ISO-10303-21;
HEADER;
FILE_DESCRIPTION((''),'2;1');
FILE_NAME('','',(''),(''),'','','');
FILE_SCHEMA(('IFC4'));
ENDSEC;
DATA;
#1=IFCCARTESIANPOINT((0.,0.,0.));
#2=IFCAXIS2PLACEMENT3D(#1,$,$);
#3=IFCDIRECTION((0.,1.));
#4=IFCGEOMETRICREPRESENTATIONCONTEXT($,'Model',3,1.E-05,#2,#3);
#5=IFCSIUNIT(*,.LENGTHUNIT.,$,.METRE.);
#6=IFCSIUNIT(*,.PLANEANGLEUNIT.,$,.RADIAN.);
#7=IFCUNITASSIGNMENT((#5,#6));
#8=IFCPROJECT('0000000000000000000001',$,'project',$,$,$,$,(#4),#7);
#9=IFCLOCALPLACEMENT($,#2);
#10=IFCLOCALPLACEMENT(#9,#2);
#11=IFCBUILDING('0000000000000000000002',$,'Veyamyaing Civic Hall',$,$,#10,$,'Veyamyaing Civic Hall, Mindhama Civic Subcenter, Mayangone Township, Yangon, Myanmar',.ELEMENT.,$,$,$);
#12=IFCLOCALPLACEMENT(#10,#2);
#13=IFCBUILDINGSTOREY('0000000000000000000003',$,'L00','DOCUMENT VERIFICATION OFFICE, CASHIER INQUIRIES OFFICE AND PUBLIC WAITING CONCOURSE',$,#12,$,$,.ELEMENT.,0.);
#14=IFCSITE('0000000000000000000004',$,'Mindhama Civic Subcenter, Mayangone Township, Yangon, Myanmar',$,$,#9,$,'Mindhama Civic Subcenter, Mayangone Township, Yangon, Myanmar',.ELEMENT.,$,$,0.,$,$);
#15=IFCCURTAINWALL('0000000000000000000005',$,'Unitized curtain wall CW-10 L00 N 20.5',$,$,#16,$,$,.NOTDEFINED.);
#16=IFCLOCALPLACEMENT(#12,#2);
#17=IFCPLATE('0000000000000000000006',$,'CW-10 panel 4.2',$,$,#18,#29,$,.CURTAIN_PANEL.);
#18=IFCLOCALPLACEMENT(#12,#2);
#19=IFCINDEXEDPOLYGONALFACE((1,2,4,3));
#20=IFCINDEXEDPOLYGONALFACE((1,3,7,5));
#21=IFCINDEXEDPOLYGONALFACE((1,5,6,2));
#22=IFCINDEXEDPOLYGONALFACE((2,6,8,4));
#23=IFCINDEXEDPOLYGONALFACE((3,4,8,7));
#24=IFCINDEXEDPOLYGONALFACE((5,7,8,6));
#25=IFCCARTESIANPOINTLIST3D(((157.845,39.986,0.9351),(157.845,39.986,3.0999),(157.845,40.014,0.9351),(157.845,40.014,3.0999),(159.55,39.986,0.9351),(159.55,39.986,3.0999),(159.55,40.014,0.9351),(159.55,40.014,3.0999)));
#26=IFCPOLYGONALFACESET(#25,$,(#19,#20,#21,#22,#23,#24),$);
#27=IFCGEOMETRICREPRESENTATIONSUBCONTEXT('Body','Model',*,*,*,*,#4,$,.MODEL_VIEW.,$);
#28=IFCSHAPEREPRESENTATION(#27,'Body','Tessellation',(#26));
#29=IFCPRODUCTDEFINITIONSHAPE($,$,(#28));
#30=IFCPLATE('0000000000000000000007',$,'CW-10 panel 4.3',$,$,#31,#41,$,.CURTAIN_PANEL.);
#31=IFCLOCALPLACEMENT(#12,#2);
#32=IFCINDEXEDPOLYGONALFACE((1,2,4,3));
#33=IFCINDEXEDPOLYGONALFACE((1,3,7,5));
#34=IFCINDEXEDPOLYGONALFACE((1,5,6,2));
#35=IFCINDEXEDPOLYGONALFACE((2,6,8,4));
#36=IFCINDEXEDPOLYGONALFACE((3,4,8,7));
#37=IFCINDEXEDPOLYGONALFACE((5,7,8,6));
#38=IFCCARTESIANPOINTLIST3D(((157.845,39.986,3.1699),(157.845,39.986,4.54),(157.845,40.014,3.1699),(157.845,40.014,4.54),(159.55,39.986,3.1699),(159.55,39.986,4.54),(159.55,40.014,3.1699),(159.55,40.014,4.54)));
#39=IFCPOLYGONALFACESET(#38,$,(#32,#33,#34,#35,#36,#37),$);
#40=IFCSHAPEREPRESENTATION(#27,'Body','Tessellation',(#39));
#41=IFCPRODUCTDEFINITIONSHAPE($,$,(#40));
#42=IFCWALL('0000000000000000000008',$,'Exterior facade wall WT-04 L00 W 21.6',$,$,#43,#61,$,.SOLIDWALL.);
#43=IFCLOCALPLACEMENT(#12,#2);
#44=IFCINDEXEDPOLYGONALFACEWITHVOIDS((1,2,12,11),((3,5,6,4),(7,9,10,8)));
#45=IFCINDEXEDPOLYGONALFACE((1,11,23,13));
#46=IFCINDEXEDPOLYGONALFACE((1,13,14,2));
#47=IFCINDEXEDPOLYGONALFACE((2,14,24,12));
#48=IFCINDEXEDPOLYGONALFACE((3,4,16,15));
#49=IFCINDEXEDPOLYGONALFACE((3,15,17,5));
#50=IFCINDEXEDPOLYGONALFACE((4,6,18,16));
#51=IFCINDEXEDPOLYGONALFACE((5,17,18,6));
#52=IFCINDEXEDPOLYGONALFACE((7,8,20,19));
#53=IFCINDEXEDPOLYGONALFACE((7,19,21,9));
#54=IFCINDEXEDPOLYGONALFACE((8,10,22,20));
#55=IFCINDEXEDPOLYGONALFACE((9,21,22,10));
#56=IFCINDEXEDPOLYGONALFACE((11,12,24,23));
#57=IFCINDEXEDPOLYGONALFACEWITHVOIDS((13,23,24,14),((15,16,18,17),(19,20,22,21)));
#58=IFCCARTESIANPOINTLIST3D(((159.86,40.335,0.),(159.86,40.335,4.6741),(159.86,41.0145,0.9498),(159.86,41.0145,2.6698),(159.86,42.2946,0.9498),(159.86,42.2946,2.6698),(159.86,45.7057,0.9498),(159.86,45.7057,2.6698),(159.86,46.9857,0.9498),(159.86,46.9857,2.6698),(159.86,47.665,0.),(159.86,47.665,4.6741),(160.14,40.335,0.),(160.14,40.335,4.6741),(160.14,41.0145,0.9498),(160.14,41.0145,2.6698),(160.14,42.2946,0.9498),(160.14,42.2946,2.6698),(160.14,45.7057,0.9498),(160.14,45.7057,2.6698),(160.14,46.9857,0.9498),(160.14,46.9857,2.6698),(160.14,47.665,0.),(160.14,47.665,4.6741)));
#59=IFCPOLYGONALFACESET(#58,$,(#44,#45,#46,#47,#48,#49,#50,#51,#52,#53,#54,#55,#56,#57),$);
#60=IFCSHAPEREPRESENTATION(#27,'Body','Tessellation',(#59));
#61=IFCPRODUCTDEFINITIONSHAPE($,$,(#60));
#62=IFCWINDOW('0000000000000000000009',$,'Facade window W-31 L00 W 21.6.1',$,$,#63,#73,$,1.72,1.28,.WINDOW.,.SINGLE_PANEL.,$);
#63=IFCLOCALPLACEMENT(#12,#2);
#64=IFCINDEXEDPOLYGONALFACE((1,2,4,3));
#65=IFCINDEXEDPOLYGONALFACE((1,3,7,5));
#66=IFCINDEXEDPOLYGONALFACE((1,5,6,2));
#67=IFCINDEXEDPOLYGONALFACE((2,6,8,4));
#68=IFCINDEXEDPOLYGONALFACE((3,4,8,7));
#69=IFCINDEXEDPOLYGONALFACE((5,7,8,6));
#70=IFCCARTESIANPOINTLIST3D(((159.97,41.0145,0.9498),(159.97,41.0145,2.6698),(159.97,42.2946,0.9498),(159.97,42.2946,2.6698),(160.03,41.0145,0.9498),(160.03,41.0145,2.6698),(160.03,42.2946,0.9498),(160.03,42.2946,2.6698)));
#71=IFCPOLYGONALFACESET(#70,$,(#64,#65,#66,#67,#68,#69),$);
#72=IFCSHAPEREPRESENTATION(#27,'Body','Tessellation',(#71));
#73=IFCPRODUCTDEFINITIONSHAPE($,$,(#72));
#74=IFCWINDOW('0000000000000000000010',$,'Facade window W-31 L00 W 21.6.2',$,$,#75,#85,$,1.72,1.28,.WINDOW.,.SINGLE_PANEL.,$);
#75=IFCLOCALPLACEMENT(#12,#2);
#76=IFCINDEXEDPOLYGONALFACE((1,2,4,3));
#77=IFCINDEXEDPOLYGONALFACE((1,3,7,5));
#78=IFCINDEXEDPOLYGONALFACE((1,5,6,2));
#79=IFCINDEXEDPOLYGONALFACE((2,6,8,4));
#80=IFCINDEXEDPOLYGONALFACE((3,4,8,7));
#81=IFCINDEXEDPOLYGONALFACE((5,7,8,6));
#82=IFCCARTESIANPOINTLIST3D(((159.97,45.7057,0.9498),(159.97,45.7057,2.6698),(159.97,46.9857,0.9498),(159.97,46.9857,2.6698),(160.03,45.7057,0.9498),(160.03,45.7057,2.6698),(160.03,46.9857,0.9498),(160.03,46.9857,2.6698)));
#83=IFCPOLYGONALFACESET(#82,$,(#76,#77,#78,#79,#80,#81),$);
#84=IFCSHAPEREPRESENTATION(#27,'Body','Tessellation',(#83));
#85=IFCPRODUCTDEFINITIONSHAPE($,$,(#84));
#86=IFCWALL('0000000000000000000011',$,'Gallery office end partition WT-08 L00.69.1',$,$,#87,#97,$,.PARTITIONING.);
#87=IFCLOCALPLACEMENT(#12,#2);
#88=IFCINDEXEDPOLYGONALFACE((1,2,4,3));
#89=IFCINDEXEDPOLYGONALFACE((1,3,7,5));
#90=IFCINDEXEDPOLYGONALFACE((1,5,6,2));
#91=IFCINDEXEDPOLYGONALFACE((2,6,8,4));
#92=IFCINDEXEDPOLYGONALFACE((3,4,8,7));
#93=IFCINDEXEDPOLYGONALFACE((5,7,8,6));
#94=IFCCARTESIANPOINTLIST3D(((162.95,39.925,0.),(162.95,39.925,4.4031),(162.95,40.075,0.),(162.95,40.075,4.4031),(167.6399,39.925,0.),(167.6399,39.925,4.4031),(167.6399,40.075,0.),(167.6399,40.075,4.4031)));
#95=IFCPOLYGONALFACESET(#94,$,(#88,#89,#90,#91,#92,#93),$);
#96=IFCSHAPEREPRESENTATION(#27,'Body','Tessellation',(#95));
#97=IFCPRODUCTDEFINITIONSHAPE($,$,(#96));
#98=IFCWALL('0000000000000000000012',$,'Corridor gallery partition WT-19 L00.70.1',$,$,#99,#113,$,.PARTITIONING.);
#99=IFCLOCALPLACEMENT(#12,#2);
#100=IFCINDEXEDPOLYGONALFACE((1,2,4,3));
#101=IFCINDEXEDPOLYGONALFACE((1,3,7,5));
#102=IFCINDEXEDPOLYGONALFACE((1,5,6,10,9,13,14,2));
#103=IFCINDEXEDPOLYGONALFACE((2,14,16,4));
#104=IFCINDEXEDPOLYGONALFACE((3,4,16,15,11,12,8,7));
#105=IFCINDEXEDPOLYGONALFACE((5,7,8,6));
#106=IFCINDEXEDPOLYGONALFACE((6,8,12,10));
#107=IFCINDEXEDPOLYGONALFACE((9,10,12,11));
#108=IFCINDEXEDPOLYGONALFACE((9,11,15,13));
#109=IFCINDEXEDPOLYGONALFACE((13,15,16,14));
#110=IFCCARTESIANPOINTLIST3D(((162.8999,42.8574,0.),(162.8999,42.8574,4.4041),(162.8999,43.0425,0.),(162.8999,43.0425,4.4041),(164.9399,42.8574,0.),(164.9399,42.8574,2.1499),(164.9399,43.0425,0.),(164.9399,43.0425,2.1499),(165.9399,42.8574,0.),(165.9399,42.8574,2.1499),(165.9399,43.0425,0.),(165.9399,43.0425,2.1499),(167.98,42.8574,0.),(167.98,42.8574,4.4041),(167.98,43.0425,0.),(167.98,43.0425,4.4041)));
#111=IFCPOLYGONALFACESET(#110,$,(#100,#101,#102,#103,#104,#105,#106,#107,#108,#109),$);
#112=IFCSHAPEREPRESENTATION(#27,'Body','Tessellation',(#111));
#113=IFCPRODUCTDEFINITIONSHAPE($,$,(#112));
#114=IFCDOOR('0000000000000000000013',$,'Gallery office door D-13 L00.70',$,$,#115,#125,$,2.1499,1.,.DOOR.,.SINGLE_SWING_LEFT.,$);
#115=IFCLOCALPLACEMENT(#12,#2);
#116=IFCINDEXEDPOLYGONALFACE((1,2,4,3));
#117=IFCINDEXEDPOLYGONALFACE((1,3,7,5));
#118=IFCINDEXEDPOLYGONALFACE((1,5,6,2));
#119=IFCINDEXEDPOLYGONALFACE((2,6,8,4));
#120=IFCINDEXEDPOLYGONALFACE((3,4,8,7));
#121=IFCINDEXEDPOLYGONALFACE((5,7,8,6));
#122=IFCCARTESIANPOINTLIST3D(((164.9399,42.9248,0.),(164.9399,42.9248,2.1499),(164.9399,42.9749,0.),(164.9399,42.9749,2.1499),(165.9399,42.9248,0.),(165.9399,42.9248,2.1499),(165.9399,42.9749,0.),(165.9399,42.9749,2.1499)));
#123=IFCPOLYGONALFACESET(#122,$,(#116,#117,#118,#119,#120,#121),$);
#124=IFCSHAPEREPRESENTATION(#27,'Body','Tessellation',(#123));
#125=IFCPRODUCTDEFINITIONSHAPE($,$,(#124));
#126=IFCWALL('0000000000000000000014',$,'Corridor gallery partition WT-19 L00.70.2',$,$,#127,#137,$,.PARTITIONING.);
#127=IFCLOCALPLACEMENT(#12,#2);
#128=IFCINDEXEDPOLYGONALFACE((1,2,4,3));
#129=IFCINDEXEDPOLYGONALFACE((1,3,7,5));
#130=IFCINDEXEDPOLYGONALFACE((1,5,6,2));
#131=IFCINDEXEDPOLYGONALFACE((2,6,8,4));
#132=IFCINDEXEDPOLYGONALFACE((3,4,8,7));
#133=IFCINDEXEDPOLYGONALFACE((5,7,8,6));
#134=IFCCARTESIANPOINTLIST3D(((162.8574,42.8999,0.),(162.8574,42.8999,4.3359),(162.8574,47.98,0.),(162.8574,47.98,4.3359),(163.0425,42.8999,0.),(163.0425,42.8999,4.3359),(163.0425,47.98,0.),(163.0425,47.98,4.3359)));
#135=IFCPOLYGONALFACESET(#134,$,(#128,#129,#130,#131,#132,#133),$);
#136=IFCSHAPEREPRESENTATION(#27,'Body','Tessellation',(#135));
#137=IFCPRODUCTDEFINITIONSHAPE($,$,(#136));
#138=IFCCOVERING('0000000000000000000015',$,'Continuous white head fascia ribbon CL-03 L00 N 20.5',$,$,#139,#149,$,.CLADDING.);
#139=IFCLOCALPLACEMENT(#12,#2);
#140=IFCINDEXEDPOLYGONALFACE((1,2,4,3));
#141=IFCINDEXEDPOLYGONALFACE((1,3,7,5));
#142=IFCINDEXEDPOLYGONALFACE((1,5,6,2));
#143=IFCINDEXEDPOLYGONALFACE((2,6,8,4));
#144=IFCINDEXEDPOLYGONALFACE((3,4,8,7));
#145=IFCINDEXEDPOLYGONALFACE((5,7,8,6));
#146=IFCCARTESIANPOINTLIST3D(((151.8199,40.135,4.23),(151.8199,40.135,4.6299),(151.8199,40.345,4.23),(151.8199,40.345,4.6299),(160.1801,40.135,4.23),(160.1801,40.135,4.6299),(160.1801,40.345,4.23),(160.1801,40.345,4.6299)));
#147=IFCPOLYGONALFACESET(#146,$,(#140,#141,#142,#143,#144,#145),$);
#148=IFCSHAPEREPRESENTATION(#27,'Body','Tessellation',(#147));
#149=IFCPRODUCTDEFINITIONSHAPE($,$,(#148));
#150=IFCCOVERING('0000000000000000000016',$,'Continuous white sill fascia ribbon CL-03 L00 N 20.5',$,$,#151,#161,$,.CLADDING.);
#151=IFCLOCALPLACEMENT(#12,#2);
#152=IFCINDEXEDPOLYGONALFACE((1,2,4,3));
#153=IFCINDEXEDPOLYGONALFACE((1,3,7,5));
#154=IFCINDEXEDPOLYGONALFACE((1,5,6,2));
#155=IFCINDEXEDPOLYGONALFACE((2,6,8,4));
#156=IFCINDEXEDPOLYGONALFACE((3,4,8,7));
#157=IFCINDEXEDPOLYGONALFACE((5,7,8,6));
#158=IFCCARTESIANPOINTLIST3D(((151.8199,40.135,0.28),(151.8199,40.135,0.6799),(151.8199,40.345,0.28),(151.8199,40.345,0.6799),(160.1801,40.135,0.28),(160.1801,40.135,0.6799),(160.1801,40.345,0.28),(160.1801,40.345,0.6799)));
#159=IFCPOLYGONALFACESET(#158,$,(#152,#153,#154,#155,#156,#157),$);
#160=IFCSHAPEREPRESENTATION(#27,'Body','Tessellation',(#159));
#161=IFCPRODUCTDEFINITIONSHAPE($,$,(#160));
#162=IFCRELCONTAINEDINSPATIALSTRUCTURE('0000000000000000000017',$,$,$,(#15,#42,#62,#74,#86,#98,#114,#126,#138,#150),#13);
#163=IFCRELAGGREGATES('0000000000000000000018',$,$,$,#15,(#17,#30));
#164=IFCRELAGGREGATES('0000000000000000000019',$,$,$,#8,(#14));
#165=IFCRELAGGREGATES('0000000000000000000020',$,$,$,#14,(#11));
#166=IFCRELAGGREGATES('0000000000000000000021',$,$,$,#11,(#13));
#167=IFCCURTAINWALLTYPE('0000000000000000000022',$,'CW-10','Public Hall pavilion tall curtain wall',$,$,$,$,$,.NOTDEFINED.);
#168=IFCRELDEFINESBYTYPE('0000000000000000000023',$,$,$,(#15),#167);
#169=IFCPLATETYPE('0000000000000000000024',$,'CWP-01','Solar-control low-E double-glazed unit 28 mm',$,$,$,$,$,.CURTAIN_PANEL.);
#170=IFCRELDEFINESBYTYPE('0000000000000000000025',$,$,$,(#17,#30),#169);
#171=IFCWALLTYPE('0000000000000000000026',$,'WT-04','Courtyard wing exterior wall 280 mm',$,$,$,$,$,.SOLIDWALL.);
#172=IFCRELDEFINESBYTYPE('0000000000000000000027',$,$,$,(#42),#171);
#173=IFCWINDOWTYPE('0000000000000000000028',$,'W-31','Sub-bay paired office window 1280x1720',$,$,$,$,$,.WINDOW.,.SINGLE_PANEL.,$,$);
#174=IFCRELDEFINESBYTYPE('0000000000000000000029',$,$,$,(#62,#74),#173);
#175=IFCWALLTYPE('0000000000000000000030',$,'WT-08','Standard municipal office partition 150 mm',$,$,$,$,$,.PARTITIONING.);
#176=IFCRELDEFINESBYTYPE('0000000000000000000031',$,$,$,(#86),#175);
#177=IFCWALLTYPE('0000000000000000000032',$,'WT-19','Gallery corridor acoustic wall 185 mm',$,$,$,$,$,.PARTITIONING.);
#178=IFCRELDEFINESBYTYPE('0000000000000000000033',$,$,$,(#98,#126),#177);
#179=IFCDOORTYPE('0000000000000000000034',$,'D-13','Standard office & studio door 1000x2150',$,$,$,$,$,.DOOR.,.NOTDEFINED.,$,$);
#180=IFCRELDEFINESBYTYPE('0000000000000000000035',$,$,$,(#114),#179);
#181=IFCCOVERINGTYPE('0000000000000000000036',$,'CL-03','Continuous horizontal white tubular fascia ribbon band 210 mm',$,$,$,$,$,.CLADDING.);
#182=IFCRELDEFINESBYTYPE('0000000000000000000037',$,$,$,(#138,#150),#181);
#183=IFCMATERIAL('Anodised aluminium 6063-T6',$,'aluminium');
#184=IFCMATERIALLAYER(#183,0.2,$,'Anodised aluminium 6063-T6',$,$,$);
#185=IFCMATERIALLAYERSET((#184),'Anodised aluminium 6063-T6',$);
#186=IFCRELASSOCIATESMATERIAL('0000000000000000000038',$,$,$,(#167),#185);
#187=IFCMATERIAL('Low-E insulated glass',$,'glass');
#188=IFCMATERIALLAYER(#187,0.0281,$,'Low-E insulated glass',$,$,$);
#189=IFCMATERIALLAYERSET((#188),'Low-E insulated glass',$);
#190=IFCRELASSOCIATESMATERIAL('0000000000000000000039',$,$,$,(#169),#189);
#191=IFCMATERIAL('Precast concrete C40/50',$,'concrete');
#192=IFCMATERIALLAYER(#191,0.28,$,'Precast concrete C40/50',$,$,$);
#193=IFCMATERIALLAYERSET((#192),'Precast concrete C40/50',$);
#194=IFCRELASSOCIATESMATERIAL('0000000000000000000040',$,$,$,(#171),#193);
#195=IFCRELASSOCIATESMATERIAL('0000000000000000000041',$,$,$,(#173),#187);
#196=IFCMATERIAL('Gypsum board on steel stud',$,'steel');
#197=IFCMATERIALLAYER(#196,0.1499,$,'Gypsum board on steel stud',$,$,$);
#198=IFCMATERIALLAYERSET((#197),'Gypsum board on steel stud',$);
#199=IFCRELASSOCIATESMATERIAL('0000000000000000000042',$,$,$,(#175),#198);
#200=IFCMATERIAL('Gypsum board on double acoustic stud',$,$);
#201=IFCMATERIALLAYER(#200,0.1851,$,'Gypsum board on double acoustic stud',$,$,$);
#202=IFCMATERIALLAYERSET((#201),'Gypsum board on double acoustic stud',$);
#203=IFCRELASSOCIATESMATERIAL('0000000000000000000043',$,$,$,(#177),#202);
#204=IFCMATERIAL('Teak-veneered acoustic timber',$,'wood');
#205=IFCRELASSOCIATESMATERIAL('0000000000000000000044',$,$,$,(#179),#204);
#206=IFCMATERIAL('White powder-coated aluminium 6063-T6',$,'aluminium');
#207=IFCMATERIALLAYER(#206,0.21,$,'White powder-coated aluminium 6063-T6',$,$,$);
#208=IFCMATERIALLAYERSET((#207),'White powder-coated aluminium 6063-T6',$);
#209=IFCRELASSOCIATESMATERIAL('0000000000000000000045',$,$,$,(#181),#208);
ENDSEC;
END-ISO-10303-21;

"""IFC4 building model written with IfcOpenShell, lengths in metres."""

from ifc_helpers import new_model, si_unit, direction, frame, frame_2d, origin, origin_2d, place, context, subcontext, project, spatial, rectangle, extrude, material, layer, layer_set, type_object, element, fill, aggregate, save


model = new_model("IFC4")

# Units and contexts
model_context = context("Model", 3, precision=1e-05, world=origin(), true_north=direction((0.0, 1.0)))
body_context = subcontext(model_context, "Body", "Model", "MODEL_VIEW")
ifc_project = project(units=[si_unit("LENGTHUNIT", "METRE"), si_unit("PLANEANGLEUNIT", "RADIAN")], contexts=[model_context])

# Site, building, storey
site_placement = place(None, origin())
site = spatial("IfcSite", under=ifc_project, at=site_placement, Name="Mindhama Civic Subcenter, Mayangone Township, Yangon, Myanmar", LongName="Mindhama Civic Subcenter, Mayangone Township, Yangon, Myanmar", CompositionType="ELEMENT", RefElevation=0.0)
building_placement = place(site_placement, origin())
building = spatial("IfcBuilding", under=site, at=building_placement, Name="Veyamyaing Civic Hall", LongName="Veyamyaing Civic Hall, Mindhama Civic Subcenter, Mayangone Township, Yangon, Myanmar", CompositionType="ELEMENT")
storey_placement = place(building_placement, origin())
storey = spatial("IfcBuildingStorey", under=building, at=storey_placement, Name="L00", Description="DOCUMENT VERIFICATION OFFICE, CASHIER INQUIRIES OFFICE AND PUBLIC WAITING CONCOURSE", CompositionType="ELEMENT", Elevation=0.0)

# Curtain wall
ifc_material_1 = material(Name="Anodised aluminium 6063-T6", Category="aluminium")
ifc_layer_1 = layer(ifc_material_1, 0.2, Name="Anodised aluminium 6063-T6")
ifc_layer_set_1 = layer_set([ifc_layer_1], Name="Anodised aluminium 6063-T6")
curtain_wall_type = type_object("IfcCurtainWallType", Name="CW-10", Description="Public Hall pavilion tall curtain wall", PredefinedType="NOTDEFINED", material=ifc_layer_set_1)
curtain_wall_placement = place(storey_placement, origin())
curtain_wall = element("IfcCurtainWall", 1, at=curtain_wall_placement, inside=storey, type_object=curtain_wall_type, Name="Unitized curtain wall CW-10 L00 N 20.5", PredefinedType="NOTDEFINED")

# Plates
ifc_material_2 = material(Name="Low-E insulated glass", Category="glass")
ifc_layer_2 = layer(ifc_material_2, 0.0281, Name="Low-E insulated glass")
ifc_layer_set_2 = layer_set([ifc_layer_2], Name="Low-E insulated glass")
plate_type = type_object("IfcPlateType", Name="CWP-01", Description="Solar-control low-E double-glazed unit 28 mm", PredefinedType="CURTAIN_PANEL", material=ifc_layer_set_2)
plate_1_placement = place(storey_placement, frame((158.6975, 40.0, 0.9351), z_axis=(0.0, 0.0, 1.0), x_axis=(1.0, 0.0, 0.0)))
plate_1 = element("IfcPlate", 2, at=plate_1_placement, type_object=plate_type, Name="CW-10 panel 4.2", PredefinedType="CURTAIN_PANEL", context=body_context, shape_type="SweptSolid", body=[
    extrude(rectangle(XDim=1.7051, YDim=0.0281, at=origin_2d()), origin(), (0.0, 0.0, 1.0), 2.1648),
])
plate_2_placement = place(storey_placement, frame((158.6975, 40.0, 3.1699), z_axis=(0.0, 0.0, 1.0), x_axis=(1.0, 0.0, 0.0)))
plate_2 = element("IfcPlate", 3, at=plate_2_placement, type_object=plate_type, Name="CW-10 panel 4.3", PredefinedType="CURTAIN_PANEL", context=body_context, shape_type="SweptSolid", body=[
    extrude(rectangle(XDim=1.7051, YDim=0.0281, at=origin_2d()), origin(), (0.0, 0.0, 1.0), 1.3701),
])
aggregate(curtain_wall, [plate_1, plate_2])

# Wall, openings, windows
ifc_material_3 = material(Name="Precast concrete C40/50", Category="concrete")
ifc_layer_3 = layer(ifc_material_3, 0.28, Name="Precast concrete C40/50")
ifc_layer_set_3 = layer_set([ifc_layer_3], Name="Precast concrete C40/50")
wall_type_1 = type_object("IfcWallType", Name="WT-04", Description="Courtyard wing exterior wall 280 mm", PredefinedType="SOLIDWALL", material=ifc_layer_set_3)
wall_1_placement = place(storey_placement, frame((160.0, 40.335, 0.0), z_axis=(0.0, 0.0, 1.0), x_axis=(0.0, 1.0, 0.0)))
wall_1 = element("IfcWall", 4, at=wall_1_placement, inside=storey, type_object=wall_type_1, Name="Exterior facade wall WT-04 L00 W 21.6", PredefinedType="SOLIDWALL", context=body_context, shape_type="SweptSolid", body=[
    extrude(rectangle(XDim=7.3301, YDim=0.28, at=frame_2d((3.665, 0.0))), origin(), (0.0, 0.0, 1.0), 4.6741),
])
opening_1_placement = place(wall_1_placement, frame((0.6794, 0.0, 0.95)))
opening_1 = element("IfcOpeningElement", 5, at=opening_1_placement, cuts=wall_1, PredefinedType="OPENING", context=body_context, shape_type="SweptSolid", body=[
    extrude(rectangle(XDim=1.28, YDim=1.72, at=frame_2d((0.6401, 0.8599))), frame((0.0, 0.1499, 0.0), z_axis=(0.0, -1.0, 0.0), x_axis=(1.0, 0.0, 0.0)), (0.0, 0.0, 1.0), 0.3),
])
opening_2_placement = place(wall_1_placement, frame((5.3706, 0.0, 0.95)))
opening_2 = element("IfcOpeningElement", 6, at=opening_2_placement, cuts=wall_1, PredefinedType="OPENING", context=body_context, shape_type="SweptSolid", body=[
    extrude(rectangle(XDim=1.28, YDim=1.72, at=frame_2d((0.6401, 0.8599))), frame((0.0, 0.1499, 0.0), z_axis=(0.0, -1.0, 0.0), x_axis=(1.0, 0.0, 0.0)), (0.0, 0.0, 1.0), 0.3),
])
window_type = type_object("IfcWindowType", Name="W-31", Description="Sub-bay paired office window 1280x1720", PartitioningType="SINGLE_PANEL", PredefinedType="WINDOW", material=ifc_material_2)
window_1_placement = place(opening_1_placement, origin())
window_1 = element("IfcWindow", 7, at=window_1_placement, inside=storey, type_object=window_type, Name="Facade window W-31 L00 W 21.6.1", OverallHeight=1.72, OverallWidth=1.28, PartitioningType="SINGLE_PANEL", PredefinedType="WINDOW", context=body_context, shape_type="SweptSolid", body=[
    extrude(rectangle(XDim=1.28, YDim=1.72, at=frame_2d((0.6401, 0.8599))), frame((0.0, 0.03, 0.0), z_axis=(0.0, -1.0, 0.0), x_axis=(1.0, 0.0, 0.0)), (0.0, 0.0, 1.0), 0.0601),
])
fill(opening_1, window_1)
window_2_placement = place(opening_2_placement, origin())
window_2 = element("IfcWindow", 8, at=window_2_placement, inside=storey, type_object=window_type, Name="Facade window W-31 L00 W 21.6.2", OverallHeight=1.72, OverallWidth=1.28, PartitioningType="SINGLE_PANEL", PredefinedType="WINDOW", context=body_context, shape_type="SweptSolid", body=[
    extrude(rectangle(XDim=1.28, YDim=1.72, at=frame_2d((0.6401, 0.8599))), frame((0.0, 0.03, 0.0), z_axis=(0.0, -1.0, 0.0), x_axis=(1.0, 0.0, 0.0)), (0.0, 0.0, 1.0), 0.0601),
])
fill(opening_2, window_2)

# Wall
ifc_material_4 = material(Name="Gypsum board on steel stud", Category="steel")
ifc_layer_4 = layer(ifc_material_4, 0.1499, Name="Gypsum board on steel stud")
ifc_layer_set_4 = layer_set([ifc_layer_4], Name="Gypsum board on steel stud")
wall_type_2 = type_object("IfcWallType", Name="WT-08", Description="Standard municipal office partition 150 mm", PredefinedType="PARTITIONING", material=ifc_layer_set_4)
wall_2_placement = place(storey_placement, frame((162.95, 40.0, 0.0), z_axis=(0.0, 0.0, 1.0), x_axis=(1.0, 0.0, 0.0)))
element("IfcWall", 9, at=wall_2_placement, inside=storey, type_object=wall_type_2, Name="Gallery office end partition WT-08 L00.69.1", PredefinedType="PARTITIONING", context=body_context, shape_type="SweptSolid", body=[
    extrude(rectangle(XDim=4.6899, YDim=0.1499, at=frame_2d((2.345, 0.0))), origin(), (0.0, 0.0, 1.0), 4.4031),
])

# Wall, opening, door
ifc_material_5 = material(Name="Gypsum board on double acoustic stud")
ifc_layer_5 = layer(ifc_material_5, 0.1851, Name="Gypsum board on double acoustic stud")
ifc_layer_set_5 = layer_set([ifc_layer_5], Name="Gypsum board on double acoustic stud")
wall_type_3 = type_object("IfcWallType", Name="WT-19", Description="Gallery corridor acoustic wall 185 mm", PredefinedType="PARTITIONING", material=ifc_layer_set_5)
wall_3_placement = place(storey_placement, frame((162.8999, 42.95, 0.0), z_axis=(0.0, 0.0, 1.0), x_axis=(1.0, 0.0, 0.0)))
wall_3 = element("IfcWall", 10, at=wall_3_placement, inside=storey, type_object=wall_type_3, Name="Corridor gallery partition WT-19 L00.70.1", PredefinedType="PARTITIONING", context=body_context, shape_type="SweptSolid", body=[
    extrude(rectangle(XDim=5.0801, YDim=0.1851, at=frame_2d((2.54, 0.0))), origin(), (0.0, 0.0, 1.0), 4.4041),
])
opening_3_placement = place(wall_3_placement, frame((2.04, 0.0, 0.0)))
opening_3 = element("IfcOpeningElement", 11, at=opening_3_placement, cuts=wall_3, PredefinedType="OPENING", context=body_context, shape_type="SweptSolid", body=[
    extrude(rectangle(XDim=1.0, YDim=2.1499, at=frame_2d((0.5, 1.075))), frame((0.0, 0.1025, 0.0), z_axis=(0.0, -1.0, 0.0), x_axis=(1.0, 0.0, 0.0)), (0.0, 0.0, 1.0), 0.2051),
])
ifc_material_6 = material(Name="Teak-veneered acoustic timber", Category="wood")
door_type = type_object("IfcDoorType", Name="D-13", Description="Standard office & studio door 1000x2150", OperationType="NOTDEFINED", PredefinedType="DOOR", material=ifc_material_6)
door_placement = place(opening_3_placement, origin())
door = element("IfcDoor", 12, at=door_placement, inside=storey, type_object=door_type, Name="Gallery office door D-13 L00.70", OperationType="SINGLE_SWING_LEFT", OverallHeight=2.1499, OverallWidth=1.0, PredefinedType="DOOR", context=body_context, shape_type="SweptSolid", body=[
    extrude(rectangle(XDim=1.0, YDim=2.1499, at=frame_2d((0.5, 1.075))), frame((0.0, 0.0249, 0.0), z_axis=(0.0, -1.0, 0.0), x_axis=(1.0, 0.0, 0.0)), (0.0, 0.0, 1.0), 0.05),
])
fill(opening_3, door)

# Wall
wall_4_placement = place(storey_placement, frame((162.95, 42.8999, 0.0), z_axis=(0.0, 0.0, 1.0), x_axis=(0.0, 1.0, 0.0)))
element("IfcWall", 13, at=wall_4_placement, inside=storey, type_object=wall_type_3, Name="Corridor gallery partition WT-19 L00.70.2", PredefinedType="PARTITIONING", context=body_context, shape_type="SweptSolid", body=[
    extrude(rectangle(XDim=5.0801, YDim=0.1851, at=frame_2d((2.54, 0.0))), origin(), (0.0, 0.0, 1.0), 4.3359),
])

# Coverings
ifc_material_7 = material(Name="White powder-coated aluminium 6063-T6", Category="aluminium")
ifc_layer_6 = layer(ifc_material_7, 0.21, Name="White powder-coated aluminium 6063-T6")
ifc_layer_set_6 = layer_set([ifc_layer_6], Name="White powder-coated aluminium 6063-T6")
covering_type = type_object("IfcCoveringType", Name="CL-03", Description="Continuous horizontal white tubular fascia ribbon band 210 mm", PredefinedType="CLADDING", material=ifc_layer_set_6)
for number, where, z_axis, x_axis, name in (
    (14, (156.0, 40.24, 4.23), (0.0, 0.0, 1.0), (1.0, 0.0, 0.0), "Continuous white head fascia ribbon CL-03 L00 N 20.5"),
    (15, (156.0, 40.24, 0.28), (0.0, 0.0, 1.0), (1.0, 0.0, 0.0), "Continuous white sill fascia ribbon CL-03 L00 N 20.5"),
):
    element("IfcCovering", number, at=place(storey_placement, frame(where, z_axis=z_axis, x_axis=x_axis)), inside=storey, type_object=covering_type, Name=name, PredefinedType="CLADDING", context=body_context, shape_type="SweptSolid", body=[
        extrude(rectangle(XDim=8.3601, YDim=0.21, at=origin_2d()), origin(), (0.0, 0.0, 1.0), 0.3999),
    ])

save(model, "model.ifc")
